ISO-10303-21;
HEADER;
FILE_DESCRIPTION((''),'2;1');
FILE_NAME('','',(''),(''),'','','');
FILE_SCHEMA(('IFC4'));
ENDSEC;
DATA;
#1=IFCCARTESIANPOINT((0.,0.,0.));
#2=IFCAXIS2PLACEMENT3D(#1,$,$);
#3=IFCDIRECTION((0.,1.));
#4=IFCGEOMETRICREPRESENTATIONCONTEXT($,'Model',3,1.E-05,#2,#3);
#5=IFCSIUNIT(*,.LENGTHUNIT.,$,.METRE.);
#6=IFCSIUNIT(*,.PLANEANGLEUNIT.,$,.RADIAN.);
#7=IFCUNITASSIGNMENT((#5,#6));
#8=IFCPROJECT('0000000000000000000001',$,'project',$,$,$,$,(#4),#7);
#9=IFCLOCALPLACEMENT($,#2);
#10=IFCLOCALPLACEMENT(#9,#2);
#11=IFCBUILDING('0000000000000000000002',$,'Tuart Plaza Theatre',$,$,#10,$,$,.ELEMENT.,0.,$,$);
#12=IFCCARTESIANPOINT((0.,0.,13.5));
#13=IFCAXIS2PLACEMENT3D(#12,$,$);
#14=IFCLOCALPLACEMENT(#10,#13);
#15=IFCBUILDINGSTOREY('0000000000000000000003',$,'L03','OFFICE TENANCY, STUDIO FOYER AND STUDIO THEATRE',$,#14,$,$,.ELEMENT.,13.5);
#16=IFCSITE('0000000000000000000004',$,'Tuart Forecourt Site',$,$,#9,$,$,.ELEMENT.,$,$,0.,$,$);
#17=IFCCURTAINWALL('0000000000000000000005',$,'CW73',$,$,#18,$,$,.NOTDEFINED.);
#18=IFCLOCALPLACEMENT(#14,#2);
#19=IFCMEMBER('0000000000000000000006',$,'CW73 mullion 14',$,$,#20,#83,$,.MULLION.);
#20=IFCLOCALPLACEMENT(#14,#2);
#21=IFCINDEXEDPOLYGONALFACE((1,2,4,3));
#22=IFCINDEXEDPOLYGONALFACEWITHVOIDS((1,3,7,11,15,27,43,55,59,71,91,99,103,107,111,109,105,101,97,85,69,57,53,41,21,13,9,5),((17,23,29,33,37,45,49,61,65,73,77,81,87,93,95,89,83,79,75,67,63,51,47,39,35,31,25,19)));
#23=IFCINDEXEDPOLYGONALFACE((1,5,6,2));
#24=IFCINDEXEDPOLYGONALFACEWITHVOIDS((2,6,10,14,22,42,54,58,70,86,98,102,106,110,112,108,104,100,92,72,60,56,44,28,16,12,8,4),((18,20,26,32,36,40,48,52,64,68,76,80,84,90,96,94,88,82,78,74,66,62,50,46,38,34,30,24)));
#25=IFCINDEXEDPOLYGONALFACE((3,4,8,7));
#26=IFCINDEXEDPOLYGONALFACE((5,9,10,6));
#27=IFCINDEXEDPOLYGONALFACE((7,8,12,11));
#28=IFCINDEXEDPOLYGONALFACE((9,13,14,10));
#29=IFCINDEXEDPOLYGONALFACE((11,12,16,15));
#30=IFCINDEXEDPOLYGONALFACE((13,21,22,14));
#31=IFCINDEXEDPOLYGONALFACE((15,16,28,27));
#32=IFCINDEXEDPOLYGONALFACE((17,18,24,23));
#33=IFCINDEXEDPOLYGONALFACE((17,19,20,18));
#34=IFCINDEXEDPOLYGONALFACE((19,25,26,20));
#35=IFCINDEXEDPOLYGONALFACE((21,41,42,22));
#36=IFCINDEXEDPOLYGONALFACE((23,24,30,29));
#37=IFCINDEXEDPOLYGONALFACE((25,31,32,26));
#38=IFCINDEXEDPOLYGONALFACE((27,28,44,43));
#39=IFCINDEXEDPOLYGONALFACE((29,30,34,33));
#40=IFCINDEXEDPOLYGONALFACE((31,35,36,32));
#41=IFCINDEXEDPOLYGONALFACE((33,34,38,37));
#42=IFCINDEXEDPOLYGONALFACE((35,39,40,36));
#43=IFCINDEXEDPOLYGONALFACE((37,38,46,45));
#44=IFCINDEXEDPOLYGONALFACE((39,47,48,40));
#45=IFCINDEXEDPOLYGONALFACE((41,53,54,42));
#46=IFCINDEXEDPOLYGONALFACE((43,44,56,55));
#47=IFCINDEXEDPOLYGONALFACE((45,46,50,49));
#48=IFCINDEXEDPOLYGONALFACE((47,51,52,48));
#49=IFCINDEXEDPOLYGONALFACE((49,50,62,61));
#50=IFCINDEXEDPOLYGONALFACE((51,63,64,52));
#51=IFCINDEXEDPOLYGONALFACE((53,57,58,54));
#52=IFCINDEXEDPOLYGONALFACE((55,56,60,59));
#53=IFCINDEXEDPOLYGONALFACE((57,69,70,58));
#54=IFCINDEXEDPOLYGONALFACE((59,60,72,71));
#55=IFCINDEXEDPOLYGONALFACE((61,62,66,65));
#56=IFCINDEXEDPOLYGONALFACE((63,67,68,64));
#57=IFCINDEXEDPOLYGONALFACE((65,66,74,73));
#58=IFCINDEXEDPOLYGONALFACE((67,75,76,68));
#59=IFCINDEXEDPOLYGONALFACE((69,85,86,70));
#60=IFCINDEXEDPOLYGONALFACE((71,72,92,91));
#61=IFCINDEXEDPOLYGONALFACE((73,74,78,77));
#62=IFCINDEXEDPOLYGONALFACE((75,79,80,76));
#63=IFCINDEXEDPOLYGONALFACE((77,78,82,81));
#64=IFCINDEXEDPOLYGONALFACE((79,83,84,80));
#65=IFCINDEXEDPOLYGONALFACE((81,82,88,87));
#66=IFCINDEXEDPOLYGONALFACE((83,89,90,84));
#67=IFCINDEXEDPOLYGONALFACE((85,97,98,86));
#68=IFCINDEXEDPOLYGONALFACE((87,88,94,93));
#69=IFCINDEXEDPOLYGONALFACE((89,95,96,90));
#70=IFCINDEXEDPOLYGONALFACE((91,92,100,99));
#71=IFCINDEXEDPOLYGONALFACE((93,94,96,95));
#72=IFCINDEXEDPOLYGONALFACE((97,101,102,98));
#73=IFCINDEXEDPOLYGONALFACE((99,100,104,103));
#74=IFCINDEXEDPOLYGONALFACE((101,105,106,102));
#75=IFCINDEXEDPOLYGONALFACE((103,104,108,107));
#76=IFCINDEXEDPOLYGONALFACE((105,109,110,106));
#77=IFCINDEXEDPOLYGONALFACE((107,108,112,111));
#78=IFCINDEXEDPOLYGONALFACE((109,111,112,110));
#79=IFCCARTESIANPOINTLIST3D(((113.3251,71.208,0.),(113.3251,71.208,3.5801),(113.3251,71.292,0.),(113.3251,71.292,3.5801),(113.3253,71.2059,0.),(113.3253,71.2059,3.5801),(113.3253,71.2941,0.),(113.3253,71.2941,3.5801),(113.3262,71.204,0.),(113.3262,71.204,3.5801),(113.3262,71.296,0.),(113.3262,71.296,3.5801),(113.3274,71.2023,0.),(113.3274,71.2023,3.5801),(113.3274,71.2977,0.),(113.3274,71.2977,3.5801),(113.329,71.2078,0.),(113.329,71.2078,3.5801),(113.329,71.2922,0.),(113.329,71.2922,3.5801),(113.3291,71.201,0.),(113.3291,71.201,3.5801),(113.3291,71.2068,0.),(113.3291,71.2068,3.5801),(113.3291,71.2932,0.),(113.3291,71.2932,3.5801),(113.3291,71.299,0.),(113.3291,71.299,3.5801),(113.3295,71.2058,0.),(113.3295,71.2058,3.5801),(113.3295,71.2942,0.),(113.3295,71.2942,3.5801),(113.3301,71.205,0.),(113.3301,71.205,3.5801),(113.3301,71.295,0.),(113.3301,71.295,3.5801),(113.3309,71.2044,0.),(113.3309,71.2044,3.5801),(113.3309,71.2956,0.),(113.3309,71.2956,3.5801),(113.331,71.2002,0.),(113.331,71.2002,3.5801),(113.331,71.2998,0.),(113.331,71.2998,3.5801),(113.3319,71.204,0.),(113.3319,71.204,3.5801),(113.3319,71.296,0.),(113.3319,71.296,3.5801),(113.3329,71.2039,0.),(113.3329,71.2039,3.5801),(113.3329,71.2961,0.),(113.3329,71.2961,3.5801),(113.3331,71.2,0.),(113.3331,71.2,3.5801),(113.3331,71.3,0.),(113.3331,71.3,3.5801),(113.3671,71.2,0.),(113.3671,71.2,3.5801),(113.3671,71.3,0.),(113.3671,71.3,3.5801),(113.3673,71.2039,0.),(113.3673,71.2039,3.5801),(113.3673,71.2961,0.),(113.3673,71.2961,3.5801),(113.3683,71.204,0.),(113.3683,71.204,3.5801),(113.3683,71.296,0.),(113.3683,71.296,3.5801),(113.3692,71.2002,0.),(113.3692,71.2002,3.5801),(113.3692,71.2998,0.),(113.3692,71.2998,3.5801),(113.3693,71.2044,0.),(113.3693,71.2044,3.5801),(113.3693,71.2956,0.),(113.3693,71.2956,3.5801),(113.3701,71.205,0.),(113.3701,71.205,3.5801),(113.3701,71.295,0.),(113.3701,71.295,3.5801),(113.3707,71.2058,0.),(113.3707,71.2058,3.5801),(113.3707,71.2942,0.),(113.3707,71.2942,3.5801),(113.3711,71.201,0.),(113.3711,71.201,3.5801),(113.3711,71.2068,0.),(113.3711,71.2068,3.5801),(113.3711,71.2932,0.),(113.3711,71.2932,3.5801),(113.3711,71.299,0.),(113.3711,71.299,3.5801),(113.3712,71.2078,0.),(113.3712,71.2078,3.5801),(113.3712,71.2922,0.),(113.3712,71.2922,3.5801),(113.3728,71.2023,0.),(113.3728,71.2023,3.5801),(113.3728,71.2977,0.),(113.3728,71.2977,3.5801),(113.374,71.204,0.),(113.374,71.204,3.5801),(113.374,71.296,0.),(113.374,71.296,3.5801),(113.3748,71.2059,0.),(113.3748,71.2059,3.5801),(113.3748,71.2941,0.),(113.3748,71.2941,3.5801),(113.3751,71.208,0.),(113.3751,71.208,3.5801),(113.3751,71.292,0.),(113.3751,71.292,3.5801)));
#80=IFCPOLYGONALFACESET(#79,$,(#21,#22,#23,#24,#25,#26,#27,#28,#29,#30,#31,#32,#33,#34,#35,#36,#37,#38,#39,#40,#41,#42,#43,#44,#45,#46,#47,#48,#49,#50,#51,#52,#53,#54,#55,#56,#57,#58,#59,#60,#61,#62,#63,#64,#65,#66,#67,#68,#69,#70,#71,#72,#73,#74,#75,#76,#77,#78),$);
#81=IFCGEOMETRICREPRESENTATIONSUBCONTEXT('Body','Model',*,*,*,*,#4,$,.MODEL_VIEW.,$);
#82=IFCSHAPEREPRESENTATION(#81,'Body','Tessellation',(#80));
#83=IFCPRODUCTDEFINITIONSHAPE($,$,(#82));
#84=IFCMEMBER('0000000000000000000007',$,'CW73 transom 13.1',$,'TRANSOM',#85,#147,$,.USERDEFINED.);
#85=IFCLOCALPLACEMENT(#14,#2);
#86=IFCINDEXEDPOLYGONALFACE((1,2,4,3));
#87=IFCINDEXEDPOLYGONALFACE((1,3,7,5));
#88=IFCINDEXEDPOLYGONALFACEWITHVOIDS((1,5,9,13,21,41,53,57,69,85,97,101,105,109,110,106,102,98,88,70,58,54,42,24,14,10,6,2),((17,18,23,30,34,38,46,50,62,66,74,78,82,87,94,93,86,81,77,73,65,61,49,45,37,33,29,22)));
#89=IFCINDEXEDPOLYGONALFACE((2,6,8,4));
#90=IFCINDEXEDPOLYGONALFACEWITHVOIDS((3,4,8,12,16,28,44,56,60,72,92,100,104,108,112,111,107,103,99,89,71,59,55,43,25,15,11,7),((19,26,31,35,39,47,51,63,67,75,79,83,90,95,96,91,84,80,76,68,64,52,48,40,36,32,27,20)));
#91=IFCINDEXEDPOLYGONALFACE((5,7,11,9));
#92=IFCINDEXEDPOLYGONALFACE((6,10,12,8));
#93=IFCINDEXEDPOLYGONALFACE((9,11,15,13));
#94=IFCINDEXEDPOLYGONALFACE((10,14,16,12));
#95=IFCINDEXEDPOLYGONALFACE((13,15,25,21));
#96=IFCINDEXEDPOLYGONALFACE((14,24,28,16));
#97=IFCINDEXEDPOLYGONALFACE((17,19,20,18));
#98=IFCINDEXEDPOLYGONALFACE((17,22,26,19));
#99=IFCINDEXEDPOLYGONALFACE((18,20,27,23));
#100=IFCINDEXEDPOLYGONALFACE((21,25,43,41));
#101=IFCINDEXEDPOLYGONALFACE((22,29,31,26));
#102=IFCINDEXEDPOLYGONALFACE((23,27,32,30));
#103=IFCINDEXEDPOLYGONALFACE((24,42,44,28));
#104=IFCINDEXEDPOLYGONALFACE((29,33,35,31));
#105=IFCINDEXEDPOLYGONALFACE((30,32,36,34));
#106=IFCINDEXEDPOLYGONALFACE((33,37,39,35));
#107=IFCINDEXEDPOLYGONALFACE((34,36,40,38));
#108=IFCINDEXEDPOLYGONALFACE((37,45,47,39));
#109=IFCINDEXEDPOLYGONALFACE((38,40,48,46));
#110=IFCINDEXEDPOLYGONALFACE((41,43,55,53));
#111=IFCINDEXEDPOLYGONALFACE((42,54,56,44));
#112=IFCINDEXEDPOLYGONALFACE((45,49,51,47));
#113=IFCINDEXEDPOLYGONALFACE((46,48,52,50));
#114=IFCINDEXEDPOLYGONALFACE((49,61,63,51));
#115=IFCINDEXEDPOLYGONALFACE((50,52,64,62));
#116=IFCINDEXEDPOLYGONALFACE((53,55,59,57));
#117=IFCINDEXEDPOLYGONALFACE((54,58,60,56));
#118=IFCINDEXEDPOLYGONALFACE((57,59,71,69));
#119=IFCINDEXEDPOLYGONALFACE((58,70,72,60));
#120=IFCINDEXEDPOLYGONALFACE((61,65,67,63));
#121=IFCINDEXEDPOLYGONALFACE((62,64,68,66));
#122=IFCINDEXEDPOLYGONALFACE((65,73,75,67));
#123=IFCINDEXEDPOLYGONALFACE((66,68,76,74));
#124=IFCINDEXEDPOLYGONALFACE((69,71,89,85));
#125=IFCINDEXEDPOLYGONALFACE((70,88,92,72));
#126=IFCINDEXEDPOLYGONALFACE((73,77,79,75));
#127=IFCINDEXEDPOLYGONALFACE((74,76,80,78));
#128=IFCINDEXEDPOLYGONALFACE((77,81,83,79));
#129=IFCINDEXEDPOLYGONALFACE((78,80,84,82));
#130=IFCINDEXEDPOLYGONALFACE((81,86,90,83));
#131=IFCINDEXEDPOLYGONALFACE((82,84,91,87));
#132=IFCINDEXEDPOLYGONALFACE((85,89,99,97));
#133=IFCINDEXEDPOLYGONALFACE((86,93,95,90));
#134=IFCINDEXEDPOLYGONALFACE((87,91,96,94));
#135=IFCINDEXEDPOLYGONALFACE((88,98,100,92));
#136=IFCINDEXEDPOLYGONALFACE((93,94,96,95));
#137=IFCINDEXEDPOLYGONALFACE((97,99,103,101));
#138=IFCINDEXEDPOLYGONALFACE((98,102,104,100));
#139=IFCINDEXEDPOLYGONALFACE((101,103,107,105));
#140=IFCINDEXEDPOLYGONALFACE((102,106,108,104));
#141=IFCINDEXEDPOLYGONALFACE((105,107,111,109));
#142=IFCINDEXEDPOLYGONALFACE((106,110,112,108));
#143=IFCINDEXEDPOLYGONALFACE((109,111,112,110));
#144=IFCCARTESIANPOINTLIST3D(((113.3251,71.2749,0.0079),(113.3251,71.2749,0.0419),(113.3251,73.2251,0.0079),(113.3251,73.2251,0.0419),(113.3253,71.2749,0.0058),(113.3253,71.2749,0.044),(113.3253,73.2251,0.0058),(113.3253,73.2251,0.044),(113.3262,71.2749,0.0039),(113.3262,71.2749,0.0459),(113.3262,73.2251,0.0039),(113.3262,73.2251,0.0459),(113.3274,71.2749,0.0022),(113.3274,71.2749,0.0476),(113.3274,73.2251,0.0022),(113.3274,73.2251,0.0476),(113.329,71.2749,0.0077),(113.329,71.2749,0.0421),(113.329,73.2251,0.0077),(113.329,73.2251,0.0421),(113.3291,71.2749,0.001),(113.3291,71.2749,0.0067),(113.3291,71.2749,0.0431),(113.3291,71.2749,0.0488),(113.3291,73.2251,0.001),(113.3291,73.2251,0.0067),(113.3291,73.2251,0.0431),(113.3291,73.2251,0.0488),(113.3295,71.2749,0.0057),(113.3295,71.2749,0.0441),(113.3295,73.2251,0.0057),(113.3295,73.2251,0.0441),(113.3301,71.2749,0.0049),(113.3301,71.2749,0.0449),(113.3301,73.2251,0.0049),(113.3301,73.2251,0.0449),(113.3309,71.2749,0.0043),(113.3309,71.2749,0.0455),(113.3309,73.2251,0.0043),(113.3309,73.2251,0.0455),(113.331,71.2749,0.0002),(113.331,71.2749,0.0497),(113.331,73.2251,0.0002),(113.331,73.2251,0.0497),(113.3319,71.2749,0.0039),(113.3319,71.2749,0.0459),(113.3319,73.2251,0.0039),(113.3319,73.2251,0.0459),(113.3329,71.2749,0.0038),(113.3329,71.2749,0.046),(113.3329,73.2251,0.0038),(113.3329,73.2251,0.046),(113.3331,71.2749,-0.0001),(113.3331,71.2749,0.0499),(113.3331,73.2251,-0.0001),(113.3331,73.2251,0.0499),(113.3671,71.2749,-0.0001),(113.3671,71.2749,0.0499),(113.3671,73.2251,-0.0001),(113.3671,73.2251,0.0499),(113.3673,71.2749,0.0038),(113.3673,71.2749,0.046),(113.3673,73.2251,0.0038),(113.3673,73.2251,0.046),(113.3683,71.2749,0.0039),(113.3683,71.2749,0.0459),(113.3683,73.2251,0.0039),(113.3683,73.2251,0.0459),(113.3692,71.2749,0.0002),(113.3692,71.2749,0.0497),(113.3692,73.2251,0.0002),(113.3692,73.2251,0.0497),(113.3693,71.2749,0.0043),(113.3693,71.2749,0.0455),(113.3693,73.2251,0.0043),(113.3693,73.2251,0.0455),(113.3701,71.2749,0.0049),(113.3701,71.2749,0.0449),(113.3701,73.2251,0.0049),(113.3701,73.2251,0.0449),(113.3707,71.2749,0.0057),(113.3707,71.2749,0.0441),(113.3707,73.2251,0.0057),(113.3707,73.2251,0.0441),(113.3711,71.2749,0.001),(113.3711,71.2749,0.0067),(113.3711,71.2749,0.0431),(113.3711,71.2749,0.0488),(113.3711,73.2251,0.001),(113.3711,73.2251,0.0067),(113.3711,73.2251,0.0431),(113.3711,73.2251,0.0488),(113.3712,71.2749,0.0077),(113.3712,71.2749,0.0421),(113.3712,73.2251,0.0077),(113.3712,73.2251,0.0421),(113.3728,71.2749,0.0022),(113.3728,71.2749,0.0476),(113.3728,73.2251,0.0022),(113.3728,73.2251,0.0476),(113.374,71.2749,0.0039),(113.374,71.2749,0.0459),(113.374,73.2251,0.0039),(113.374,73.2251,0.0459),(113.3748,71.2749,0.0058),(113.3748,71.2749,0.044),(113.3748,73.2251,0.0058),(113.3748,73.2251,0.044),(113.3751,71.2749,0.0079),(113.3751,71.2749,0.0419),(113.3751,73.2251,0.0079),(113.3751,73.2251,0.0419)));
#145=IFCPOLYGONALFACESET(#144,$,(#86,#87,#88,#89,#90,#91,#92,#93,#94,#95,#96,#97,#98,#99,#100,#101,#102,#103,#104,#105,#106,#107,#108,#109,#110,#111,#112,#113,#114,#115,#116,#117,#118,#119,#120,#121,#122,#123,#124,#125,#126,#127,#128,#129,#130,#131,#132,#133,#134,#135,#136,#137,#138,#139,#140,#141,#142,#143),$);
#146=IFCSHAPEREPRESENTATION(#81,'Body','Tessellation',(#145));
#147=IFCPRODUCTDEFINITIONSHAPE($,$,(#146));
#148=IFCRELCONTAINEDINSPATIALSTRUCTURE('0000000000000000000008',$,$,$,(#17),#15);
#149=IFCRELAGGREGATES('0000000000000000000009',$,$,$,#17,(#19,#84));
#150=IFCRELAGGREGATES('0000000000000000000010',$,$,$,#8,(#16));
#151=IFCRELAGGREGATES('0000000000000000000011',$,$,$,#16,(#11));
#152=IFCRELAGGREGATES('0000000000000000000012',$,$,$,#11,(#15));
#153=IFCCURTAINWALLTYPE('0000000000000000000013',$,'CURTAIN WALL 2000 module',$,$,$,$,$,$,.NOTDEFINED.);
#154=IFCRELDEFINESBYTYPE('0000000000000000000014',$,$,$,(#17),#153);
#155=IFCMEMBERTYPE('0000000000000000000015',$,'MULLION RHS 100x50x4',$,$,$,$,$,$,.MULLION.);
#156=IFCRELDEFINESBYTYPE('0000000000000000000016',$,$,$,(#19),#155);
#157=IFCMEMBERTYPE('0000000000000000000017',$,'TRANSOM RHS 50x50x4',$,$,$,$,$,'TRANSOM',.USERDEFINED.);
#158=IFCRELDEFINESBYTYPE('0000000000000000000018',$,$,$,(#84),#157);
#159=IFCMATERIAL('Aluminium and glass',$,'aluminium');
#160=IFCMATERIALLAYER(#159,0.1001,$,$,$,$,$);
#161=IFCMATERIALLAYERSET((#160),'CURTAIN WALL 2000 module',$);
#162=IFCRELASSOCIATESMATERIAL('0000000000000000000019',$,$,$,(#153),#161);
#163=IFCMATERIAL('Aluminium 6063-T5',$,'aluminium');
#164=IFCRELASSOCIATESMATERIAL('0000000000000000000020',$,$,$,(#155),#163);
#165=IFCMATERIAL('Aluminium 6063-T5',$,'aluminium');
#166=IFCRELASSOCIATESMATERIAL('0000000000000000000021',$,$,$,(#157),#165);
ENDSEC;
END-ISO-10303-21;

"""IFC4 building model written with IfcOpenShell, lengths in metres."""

from ifc_helpers import new_model, si_unit, direction, frame, origin, origin_2d, place, context, subcontext, project, spatial, hollow_rectangle, extrude, material, layer, layer_set, material_profile, profile_set, type_object, element, aggregate, save


model = new_model("IFC4")

# Units and contexts
model_context = context("Model", 3, precision=1e-05, world=origin(), true_north=direction((0.0, 1.0)))
body_context = subcontext(model_context, "Body", "Model", "MODEL_VIEW")
ifc_project = project(units=[si_unit("LENGTHUNIT", "METRE"), si_unit("PLANEANGLEUNIT", "RADIAN")], contexts=[model_context])

# Site, building, storey
site_placement = place(None, origin())
site = spatial("IfcSite", under=ifc_project, at=site_placement, Name="Tuart Forecourt Site", CompositionType="ELEMENT", RefElevation=0.0)
building_placement = place(site_placement, origin())
building = spatial("IfcBuilding", under=site, at=building_placement, Name="Tuart Plaza Theatre", CompositionType="ELEMENT", ElevationOfRefHeight=0.0)
storey_placement = place(building_placement, frame((0.0, 0.0, 13.5)))
storey = spatial("IfcBuildingStorey", under=building, at=storey_placement, Name="L03", Description="OFFICE TENANCY, STUDIO FOYER AND STUDIO THEATRE", CompositionType="ELEMENT", Elevation=13.5)

# Curtain wall, members
ifc_material_1 = material(Name="Aluminium and glass", Category="aluminium")
ifc_layer_1 = layer(ifc_material_1, 0.1001)
ifc_layer_set_1 = layer_set([ifc_layer_1], Name="CURTAIN WALL 2000 module")
curtain_wall_type = type_object("IfcCurtainWallType", Name="CURTAIN WALL 2000 module", PredefinedType="NOTDEFINED", material=ifc_layer_set_1)
curtain_wall_placement = place(storey_placement, origin())
curtain_wall = element("IfcCurtainWall", 1, at=curtain_wall_placement, inside=storey, type_object=curtain_wall_type, Name="CW73", PredefinedType="NOTDEFINED")
ifc_material_2 = material(Name="Aluminium 6063-T5", Category="aluminium")
ifc_material_profile_1 = material_profile(ifc_material_2, hollow_rectangle(XDim=0.05, YDim=0.1001, WallThickness=0.0039, InnerFilletRadius=0.0039, OuterFilletRadius=0.0081, at=origin_2d()), Name="RHS 100x50x4")
ifc_profile_set_1 = profile_set([ifc_material_profile_1], Name="Aluminium 6063-T5")
member_type_1 = type_object("IfcMemberType", Name="MULLION RHS 100x50x4", PredefinedType="MULLION", material=ifc_profile_set_1)
member_1_placement = place(storey_placement, frame((113.3501, 71.25, 0.0), z_axis=(0.0, 0.0, 1.0), x_axis=(1.0, 0.0, 0.0)))
member_1 = element("IfcMember", 2, at=member_1_placement, type_object=member_type_1, Name="CW73 mullion 14", PredefinedType="MULLION", context=body_context, shape_type="SweptSolid", body=[
    extrude(hollow_rectangle(XDim=0.05, YDim=0.1001, WallThickness=0.0039, InnerFilletRadius=0.0039, OuterFilletRadius=0.0081, at=origin_2d()), origin(), (0.0, 0.0, 1.0), 3.5801),
])
ifc_material_3 = material(Name="Aluminium 6063-T5", Category="aluminium")
ifc_material_profile_2 = material_profile(ifc_material_3, hollow_rectangle(XDim=0.05, YDim=0.05, WallThickness=0.0039, InnerFilletRadius=0.0039, OuterFilletRadius=0.0081, at=origin_2d()), Name="RHS 50x50x4")
ifc_profile_set_2 = profile_set([ifc_material_profile_2], Name="Aluminium 6063-T5")
member_type_2 = type_object("IfcMemberType", Name="TRANSOM RHS 50x50x4", ElementType="TRANSOM", PredefinedType="USERDEFINED", material=ifc_profile_set_2)
member_2_placement = place(storey_placement, frame((113.3501, 73.2251, 0.0249), z_axis=(0.0, -1.0, 0.0), x_axis=(1.0, 0.0, 0.0)))
member_2 = element("IfcMember", 3, at=member_2_placement, type_object=member_type_2, Name="CW73 transom 13.1", ObjectType="TRANSOM", PredefinedType="USERDEFINED", context=body_context, shape_type="SweptSolid", body=[
    extrude(hollow_rectangle(XDim=0.05, YDim=0.05, WallThickness=0.0039, InnerFilletRadius=0.0039, OuterFilletRadius=0.0081, at=origin_2d()), origin(), (0.0, 0.0, 1.0), 1.9502),
])
aggregate(curtain_wall, [member_1, member_2])

save(model, "model.ifc")
